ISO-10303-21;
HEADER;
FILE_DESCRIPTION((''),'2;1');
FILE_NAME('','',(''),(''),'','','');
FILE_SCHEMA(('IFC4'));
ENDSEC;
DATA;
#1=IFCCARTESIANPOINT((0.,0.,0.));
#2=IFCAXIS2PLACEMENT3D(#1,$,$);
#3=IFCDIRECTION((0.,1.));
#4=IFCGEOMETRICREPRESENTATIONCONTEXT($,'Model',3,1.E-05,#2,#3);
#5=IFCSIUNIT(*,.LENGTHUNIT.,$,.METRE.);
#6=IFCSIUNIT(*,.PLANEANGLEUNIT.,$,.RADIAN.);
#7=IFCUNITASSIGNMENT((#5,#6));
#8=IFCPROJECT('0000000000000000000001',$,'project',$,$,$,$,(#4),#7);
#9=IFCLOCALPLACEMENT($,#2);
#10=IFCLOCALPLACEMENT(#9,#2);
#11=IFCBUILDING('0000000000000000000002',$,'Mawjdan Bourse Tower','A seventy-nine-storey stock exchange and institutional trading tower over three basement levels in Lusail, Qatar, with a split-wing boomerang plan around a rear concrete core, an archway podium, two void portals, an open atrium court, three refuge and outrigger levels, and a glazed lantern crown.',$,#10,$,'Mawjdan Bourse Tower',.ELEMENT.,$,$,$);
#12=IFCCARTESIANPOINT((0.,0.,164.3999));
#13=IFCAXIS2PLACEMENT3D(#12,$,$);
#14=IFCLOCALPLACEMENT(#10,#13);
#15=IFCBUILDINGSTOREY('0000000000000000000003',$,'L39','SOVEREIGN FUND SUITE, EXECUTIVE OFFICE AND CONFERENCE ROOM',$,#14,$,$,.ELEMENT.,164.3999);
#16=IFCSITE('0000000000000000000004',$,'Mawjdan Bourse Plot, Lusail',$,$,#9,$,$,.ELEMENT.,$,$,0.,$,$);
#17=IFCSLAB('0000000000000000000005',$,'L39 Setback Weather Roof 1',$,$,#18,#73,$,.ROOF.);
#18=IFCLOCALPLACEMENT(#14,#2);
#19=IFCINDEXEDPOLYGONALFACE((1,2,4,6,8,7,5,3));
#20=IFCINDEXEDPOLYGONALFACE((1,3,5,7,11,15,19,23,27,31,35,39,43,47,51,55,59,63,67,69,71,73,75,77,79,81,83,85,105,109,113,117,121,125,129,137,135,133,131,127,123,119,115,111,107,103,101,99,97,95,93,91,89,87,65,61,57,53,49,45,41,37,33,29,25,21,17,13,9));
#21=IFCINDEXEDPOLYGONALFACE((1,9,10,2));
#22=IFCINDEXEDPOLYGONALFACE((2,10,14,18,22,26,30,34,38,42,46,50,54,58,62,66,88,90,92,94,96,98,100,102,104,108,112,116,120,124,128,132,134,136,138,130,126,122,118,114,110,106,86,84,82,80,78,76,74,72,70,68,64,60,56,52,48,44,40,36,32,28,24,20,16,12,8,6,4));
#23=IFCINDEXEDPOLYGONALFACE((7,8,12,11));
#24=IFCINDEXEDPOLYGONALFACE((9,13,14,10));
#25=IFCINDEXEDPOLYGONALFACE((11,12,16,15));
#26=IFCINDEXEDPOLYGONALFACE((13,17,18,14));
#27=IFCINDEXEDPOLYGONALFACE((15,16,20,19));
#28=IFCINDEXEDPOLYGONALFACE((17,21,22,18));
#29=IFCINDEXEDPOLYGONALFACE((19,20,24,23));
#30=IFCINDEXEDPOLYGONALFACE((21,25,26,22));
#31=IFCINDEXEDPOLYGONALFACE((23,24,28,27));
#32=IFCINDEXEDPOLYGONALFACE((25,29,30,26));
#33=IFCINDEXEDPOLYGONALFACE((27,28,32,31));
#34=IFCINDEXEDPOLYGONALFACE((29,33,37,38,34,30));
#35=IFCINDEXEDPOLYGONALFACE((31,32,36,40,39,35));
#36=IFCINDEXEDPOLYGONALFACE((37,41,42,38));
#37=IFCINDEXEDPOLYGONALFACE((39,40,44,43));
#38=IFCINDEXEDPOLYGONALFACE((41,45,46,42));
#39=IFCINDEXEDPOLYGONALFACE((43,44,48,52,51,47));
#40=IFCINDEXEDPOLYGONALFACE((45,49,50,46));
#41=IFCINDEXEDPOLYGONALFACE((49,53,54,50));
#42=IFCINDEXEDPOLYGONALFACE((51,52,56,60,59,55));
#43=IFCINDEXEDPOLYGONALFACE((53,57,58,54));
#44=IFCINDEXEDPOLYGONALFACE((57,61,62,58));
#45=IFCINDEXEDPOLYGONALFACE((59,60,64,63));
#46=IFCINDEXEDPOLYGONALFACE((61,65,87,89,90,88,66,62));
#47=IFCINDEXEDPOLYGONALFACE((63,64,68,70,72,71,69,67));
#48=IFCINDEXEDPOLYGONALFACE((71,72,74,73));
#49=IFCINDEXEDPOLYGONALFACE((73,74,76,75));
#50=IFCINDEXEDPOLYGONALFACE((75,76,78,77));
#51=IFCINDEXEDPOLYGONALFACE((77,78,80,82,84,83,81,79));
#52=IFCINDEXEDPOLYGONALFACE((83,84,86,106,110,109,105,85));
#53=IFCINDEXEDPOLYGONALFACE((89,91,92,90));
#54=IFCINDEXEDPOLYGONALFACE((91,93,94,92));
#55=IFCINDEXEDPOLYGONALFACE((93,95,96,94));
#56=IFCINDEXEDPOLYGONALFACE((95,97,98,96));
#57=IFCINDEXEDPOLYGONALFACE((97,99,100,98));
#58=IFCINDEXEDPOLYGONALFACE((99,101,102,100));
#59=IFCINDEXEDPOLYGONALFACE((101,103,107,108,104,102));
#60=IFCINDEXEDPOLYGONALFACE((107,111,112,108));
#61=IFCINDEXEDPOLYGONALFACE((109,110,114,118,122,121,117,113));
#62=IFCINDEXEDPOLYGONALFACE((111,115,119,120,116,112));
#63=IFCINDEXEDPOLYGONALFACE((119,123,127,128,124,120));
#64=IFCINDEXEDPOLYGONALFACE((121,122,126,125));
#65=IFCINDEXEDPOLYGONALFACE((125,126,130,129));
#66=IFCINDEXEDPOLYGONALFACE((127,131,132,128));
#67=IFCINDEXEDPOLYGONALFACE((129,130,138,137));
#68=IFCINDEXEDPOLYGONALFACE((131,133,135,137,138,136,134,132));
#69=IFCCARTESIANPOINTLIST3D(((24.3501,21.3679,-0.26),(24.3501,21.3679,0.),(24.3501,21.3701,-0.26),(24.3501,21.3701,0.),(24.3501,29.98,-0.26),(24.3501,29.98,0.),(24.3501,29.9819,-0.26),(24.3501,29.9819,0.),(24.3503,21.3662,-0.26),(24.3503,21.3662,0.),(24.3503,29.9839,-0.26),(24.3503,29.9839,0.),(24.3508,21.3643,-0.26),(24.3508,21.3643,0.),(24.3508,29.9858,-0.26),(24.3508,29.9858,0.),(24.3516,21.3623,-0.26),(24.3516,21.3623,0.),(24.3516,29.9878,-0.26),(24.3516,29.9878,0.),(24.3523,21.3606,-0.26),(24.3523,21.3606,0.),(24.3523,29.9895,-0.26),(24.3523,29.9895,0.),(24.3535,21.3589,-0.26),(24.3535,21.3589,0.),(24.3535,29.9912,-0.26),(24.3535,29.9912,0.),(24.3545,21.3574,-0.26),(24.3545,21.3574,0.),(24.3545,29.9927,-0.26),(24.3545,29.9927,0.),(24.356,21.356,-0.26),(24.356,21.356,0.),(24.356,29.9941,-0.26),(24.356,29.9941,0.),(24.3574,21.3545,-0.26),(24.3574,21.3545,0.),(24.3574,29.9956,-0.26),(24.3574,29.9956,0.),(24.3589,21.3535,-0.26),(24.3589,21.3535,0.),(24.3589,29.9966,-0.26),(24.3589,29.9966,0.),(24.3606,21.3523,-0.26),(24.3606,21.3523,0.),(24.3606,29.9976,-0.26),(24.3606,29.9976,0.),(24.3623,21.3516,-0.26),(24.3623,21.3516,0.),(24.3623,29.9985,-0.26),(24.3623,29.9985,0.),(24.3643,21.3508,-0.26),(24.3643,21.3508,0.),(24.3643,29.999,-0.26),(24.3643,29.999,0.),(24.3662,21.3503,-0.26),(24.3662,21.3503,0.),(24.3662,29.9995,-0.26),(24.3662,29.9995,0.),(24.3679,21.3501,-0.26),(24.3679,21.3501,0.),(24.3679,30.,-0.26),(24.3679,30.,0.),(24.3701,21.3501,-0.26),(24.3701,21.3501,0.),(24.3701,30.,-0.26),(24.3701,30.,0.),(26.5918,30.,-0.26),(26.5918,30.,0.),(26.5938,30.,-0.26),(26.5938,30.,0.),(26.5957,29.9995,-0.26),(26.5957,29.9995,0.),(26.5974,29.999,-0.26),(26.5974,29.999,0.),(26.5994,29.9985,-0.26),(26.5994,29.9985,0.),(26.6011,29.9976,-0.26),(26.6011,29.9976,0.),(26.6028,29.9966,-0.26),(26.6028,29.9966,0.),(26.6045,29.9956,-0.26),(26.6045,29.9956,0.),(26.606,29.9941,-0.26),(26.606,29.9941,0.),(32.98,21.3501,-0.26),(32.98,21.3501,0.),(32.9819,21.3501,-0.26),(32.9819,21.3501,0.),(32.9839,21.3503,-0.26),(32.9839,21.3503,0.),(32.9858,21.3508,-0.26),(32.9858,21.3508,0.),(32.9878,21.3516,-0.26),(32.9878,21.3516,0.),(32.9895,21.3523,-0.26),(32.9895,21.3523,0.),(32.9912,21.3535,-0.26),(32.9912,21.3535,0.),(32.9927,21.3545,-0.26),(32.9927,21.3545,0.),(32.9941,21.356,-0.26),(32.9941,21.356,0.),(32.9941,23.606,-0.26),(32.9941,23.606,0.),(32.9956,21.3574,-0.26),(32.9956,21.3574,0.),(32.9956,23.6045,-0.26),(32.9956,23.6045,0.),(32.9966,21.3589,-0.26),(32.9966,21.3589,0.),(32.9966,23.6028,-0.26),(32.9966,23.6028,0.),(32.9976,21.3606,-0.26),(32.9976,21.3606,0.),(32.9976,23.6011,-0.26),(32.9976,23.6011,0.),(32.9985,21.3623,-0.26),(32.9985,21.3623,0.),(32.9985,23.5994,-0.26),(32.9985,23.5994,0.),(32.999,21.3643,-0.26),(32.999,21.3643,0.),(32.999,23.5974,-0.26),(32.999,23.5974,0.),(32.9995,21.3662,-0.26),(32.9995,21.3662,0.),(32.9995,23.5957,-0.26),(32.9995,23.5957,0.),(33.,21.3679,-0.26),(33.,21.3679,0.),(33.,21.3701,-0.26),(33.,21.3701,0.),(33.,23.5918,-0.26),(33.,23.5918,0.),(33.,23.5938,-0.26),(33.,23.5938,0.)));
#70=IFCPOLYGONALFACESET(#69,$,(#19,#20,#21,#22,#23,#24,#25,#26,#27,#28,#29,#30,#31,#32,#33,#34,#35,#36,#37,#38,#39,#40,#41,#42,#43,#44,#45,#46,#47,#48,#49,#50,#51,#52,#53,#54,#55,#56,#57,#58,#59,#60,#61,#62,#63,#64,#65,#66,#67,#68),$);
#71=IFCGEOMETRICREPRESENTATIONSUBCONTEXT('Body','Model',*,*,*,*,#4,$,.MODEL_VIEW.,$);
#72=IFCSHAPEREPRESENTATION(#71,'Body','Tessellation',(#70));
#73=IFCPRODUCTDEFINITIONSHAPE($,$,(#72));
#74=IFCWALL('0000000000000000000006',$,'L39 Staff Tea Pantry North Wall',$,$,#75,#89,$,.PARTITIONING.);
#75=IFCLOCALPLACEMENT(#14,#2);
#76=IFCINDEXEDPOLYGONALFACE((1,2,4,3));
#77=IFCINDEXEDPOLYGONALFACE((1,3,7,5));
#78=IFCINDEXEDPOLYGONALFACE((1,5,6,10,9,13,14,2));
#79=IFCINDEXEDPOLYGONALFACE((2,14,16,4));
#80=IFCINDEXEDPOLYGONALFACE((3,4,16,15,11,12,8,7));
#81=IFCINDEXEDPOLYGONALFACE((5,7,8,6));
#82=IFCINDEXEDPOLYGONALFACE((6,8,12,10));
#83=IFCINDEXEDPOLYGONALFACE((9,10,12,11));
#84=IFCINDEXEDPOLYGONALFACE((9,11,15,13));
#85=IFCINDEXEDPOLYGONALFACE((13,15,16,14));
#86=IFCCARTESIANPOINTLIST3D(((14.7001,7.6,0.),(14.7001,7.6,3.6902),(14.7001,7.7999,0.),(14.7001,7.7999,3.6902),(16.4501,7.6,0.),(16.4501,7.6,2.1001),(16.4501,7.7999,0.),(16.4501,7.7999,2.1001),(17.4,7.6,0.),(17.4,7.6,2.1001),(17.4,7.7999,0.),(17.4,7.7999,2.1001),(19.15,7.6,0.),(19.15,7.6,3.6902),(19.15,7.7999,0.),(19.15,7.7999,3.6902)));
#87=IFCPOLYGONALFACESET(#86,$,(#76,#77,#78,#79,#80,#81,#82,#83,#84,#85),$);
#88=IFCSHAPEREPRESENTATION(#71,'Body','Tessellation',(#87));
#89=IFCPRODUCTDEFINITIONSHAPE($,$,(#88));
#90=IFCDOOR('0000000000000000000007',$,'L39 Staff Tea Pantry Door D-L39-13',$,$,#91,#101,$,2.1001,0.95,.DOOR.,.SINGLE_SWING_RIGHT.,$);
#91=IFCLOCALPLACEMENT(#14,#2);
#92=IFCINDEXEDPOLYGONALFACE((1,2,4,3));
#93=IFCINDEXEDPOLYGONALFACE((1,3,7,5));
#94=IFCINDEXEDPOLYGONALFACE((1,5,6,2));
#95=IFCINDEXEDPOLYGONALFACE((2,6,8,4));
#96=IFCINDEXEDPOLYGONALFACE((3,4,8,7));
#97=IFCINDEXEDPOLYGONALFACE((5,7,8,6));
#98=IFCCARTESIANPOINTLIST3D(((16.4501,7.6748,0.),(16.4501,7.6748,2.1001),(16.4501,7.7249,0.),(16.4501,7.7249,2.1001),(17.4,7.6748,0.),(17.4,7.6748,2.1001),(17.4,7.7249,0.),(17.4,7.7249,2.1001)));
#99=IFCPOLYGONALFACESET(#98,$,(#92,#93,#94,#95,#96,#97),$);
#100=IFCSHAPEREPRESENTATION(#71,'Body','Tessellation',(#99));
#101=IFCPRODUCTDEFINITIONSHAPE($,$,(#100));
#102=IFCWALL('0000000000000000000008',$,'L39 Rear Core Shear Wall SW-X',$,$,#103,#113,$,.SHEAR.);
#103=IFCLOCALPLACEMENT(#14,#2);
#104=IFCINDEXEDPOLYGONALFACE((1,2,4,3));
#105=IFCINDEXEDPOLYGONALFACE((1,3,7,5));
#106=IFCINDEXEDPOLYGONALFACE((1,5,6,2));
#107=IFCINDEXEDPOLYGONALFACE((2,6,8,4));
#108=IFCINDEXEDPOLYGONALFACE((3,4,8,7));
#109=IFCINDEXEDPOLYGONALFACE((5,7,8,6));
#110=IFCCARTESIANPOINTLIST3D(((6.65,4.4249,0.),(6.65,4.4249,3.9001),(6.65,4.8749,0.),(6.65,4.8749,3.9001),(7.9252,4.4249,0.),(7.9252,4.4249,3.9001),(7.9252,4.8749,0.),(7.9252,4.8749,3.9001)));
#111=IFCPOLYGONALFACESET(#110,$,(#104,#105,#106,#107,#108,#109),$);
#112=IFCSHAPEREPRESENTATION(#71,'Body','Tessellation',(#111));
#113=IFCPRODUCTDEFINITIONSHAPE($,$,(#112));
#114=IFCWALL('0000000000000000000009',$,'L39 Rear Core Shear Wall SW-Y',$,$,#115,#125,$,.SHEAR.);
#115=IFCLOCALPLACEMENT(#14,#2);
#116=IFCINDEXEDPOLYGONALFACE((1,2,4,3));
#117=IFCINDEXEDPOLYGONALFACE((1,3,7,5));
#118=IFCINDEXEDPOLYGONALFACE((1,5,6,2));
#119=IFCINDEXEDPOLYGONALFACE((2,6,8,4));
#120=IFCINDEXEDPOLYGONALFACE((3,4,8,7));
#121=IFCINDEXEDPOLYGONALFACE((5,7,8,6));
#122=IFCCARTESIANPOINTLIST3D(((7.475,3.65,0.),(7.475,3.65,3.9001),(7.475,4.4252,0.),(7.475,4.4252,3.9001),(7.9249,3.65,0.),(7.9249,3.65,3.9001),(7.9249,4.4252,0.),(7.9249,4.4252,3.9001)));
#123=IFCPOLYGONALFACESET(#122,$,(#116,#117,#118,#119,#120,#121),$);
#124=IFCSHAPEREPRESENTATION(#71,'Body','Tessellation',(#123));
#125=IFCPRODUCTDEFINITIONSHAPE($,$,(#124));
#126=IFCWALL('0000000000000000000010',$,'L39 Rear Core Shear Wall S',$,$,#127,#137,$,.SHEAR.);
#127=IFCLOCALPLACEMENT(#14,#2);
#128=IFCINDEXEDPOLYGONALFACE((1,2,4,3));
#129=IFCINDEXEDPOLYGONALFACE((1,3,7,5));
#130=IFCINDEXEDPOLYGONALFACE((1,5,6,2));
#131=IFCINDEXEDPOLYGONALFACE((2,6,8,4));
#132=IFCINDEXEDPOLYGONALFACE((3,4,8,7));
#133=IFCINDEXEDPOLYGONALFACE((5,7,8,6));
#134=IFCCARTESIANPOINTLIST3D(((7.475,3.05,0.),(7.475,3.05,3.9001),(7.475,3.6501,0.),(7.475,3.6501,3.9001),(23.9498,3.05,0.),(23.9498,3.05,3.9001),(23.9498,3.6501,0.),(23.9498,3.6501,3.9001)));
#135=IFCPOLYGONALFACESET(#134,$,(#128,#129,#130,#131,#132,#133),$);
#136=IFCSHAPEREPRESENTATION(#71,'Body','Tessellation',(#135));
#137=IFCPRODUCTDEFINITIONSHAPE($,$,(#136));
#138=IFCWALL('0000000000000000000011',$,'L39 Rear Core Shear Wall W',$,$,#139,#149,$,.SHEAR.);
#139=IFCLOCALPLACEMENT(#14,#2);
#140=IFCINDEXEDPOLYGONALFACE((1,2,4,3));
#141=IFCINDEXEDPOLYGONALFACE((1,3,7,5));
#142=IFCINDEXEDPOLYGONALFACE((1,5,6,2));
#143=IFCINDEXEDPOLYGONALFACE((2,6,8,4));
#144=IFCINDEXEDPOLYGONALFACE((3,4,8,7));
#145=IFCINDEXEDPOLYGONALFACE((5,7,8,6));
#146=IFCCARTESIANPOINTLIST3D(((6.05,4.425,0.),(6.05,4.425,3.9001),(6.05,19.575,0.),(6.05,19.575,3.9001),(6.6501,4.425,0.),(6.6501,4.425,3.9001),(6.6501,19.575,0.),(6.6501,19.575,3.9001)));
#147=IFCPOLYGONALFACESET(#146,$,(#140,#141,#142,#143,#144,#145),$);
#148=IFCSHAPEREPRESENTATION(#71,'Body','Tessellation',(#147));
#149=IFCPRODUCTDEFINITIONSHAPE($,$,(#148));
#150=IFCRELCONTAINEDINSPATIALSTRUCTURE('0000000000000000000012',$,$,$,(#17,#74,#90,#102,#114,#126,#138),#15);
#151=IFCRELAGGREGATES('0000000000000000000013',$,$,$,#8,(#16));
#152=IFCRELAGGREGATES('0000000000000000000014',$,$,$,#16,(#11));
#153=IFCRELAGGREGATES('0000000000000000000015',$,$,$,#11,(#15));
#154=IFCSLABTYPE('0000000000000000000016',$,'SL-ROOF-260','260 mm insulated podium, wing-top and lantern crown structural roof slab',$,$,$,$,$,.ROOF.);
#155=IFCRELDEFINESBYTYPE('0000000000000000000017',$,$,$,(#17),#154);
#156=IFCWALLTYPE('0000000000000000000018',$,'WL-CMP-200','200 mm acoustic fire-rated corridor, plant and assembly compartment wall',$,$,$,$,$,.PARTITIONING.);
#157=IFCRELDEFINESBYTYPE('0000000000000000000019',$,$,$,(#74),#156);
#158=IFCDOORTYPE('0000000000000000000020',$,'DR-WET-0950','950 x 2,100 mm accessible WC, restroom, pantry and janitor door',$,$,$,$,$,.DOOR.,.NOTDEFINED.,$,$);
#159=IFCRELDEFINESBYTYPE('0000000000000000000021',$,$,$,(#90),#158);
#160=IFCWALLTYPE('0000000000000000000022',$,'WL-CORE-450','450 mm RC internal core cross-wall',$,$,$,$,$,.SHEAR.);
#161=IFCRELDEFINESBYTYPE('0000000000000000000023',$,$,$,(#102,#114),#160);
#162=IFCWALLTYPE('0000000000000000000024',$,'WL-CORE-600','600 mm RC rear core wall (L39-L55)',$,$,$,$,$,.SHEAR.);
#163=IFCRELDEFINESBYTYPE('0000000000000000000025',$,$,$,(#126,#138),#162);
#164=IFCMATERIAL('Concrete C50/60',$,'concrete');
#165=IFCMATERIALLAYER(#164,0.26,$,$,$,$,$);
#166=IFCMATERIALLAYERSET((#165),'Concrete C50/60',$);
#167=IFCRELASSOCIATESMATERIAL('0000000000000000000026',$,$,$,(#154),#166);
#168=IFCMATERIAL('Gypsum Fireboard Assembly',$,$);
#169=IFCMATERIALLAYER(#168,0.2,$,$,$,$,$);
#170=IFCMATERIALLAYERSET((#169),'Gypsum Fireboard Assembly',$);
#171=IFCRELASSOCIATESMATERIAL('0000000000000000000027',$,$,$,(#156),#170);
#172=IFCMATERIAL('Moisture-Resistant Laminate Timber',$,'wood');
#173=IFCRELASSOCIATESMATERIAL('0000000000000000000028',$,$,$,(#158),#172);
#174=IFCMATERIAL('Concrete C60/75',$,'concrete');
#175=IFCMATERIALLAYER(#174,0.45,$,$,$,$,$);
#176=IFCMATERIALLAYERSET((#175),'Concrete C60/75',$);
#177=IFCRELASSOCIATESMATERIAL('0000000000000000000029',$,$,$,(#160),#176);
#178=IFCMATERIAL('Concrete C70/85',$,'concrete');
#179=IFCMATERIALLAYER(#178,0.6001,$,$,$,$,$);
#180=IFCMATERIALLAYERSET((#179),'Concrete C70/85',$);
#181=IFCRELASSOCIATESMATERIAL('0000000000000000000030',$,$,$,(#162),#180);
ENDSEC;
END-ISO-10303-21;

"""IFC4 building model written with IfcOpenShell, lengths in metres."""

from ifc_helpers import new_model, si_unit, direction, frame, frame_2d, origin, place, context, subcontext, project, spatial, polyline, rectangle, outline, extrude, material, layer, layer_set, type_object, element, fill, save


model = new_model("IFC4")

# Units and contexts
model_context = context("Model", 3, precision=1e-05, world=origin(), true_north=direction((0.0, 1.0)))
body_context = subcontext(model_context, "Body", "Model", "MODEL_VIEW")
ifc_project = project(units=[si_unit("LENGTHUNIT", "METRE"), si_unit("PLANEANGLEUNIT", "RADIAN")], contexts=[model_context])

# Site, building, storey
site_placement = place(None, origin())
site = spatial("IfcSite", under=ifc_project, at=site_placement, Name="Mawjdan Bourse Plot, Lusail", CompositionType="ELEMENT", RefElevation=0.0)
building_placement = place(site_placement, origin())
building = spatial("IfcBuilding", under=site, at=building_placement, Name="Mawjdan Bourse Tower", Description="A seventy-nine-storey stock exchange and institutional trading tower over three basement levels in Lusail, Qatar, with a split-wing boomerang plan around a rear concrete core, an archway podium, two void portals, an open atrium court, three refuge and outrigger levels, and a glazed lantern crown.", LongName="Mawjdan Bourse Tower", CompositionType="ELEMENT")
storey_placement = place(building_placement, frame((0.0, 0.0, 164.3999)))
storey = spatial("IfcBuildingStorey", under=building, at=storey_placement, Name="L39", Description="SOVEREIGN FUND SUITE, EXECUTIVE OFFICE AND CONFERENCE ROOM", CompositionType="ELEMENT", Elevation=164.3999)

# Shared definitions
ifc_material_1 = material(Name="Concrete C50/60", Category="concrete")

# Slab
ifc_layer_1 = layer(ifc_material_1, 0.26)
ifc_layer_set_1 = layer_set([ifc_layer_1], Name="Concrete C50/60")
slab_type_1 = type_object("IfcSlabType", Name="SL-ROOF-260", Description="260 mm insulated podium, wing-top and lantern crown structural roof slab", PredefinedType="ROOF", material=ifc_layer_set_1)
slab_1_placement = place(storey_placement, frame((0.0, 0.0, -0.26)))
element("IfcSlab", 1, at=slab_1_placement, inside=storey, type_object=slab_type_1, Name="L39 Setback Weather Roof 1", PredefinedType="ROOF", context=body_context, shape_type="SweptSolid", body=[
    extrude(outline(polyline([(24.3701, 30.0), (24.3679, 30.0), (24.3662, 29.9995), (24.3643, 29.999), (24.3623, 29.9985), (24.3606, 29.9976), (24.3589, 29.9966), (24.3574, 29.9956), (24.356, 29.9941), (24.3545, 29.9927), (24.3535, 29.9912), (24.3523, 29.9895), (24.3516, 29.9878), (24.3508, 29.9858), (24.3503, 29.9839), (24.3501, 29.9819), (24.3501, 29.98), (24.3501, 21.3701), (24.3501, 21.3679), (24.3503, 21.3662), (24.3508, 21.3643), (24.3516, 21.3623), (24.3523, 21.3606), (24.3535, 21.3589), (24.3545, 21.3574), (24.356, 21.356), (24.3574, 21.3545), (24.3589, 21.3535), (24.3606, 21.3523), (24.3623, 21.3516), (24.3643, 21.3508), (24.3662, 21.3503), (24.3679, 21.3501), (24.3701, 21.3501), (32.98, 21.3501), (32.9819, 21.3501), (32.9839, 21.3503), (32.9858, 21.3508), (32.9878, 21.3516), (32.9895, 21.3523), (32.9912, 21.3535), (32.9927, 21.3545), (32.9941, 21.356), (32.9956, 21.3574), (32.9966, 21.3589), (32.9976, 21.3606), (32.9985, 21.3623), (32.999, 21.3643), (32.9995, 21.3662), (33.0, 21.3679), (33.0, 21.3701), (33.0, 23.5918), (33.0, 23.5938), (32.9995, 23.5957), (32.999, 23.5974), (32.9985, 23.5994), (32.9976, 23.6011), (32.9966, 23.6028), (32.9956, 23.6045), (32.9941, 23.606), (26.606, 29.9941), (26.6045, 29.9956), (26.6028, 29.9966), (26.6011, 29.9976), (26.5994, 29.9985), (26.5974, 29.999), (26.5957, 29.9995), (26.5938, 30.0), (26.5918, 30.0), (24.3701, 30.0)])), origin(), (0.0, 0.0, 1.0), 0.26),
])

# Wall, opening, door
ifc_material_2 = material(Name="Gypsum Fireboard Assembly")
ifc_layer_2 = layer(ifc_material_2, 0.2)
ifc_layer_set_2 = layer_set([ifc_layer_2], Name="Gypsum Fireboard Assembly")
wall_type_1 = type_object("IfcWallType", Name="WL-CMP-200", Description="200 mm acoustic fire-rated corridor, plant and assembly compartment wall", PredefinedType="PARTITIONING", material=ifc_layer_set_2)
wall_1_placement = place(storey_placement, frame((14.7, 7.7, 0.0), z_axis=(0.0, 0.0, 1.0), x_axis=(1.0, 0.0, 0.0)))
wall_1 = element("IfcWall", 2, at=wall_1_placement, inside=storey, type_object=wall_type_1, Name="L39 Staff Tea Pantry North Wall", PredefinedType="PARTITIONING", context=body_context, shape_type="SweptSolid", body=[
    extrude(rectangle(XDim=4.45, YDim=0.2, at=frame_2d((2.2251, 0.0))), origin(), (0.0, 0.0, 1.0), 3.6902),
])
opening_1_placement = place(wall_1_placement, frame((1.75, 0.0, 0.0)))
opening_1 = element("IfcOpeningElement", 3, at=opening_1_placement, cuts=wall_1, PredefinedType="OPENING", context=body_context, shape_type="SweptSolid", body=[
    extrude(rectangle(XDim=0.95, YDim=2.1001, at=frame_2d((0.4751, 1.05))), frame((0.0, 0.1099, 0.0), z_axis=(0.0, -1.0, 0.0), x_axis=(1.0, 0.0, 0.0)), (0.0, 0.0, 1.0), 0.22),
])
ifc_material_3 = material(Name="Moisture-Resistant Laminate Timber", Category="wood")
door_type_1 = type_object("IfcDoorType", Name="DR-WET-0950", Description="950 x 2,100 mm accessible WC, restroom, pantry and janitor door", OperationType="NOTDEFINED", PredefinedType="DOOR", material=ifc_material_3)
door_1_placement = place(opening_1_placement, origin())
door_1 = element("IfcDoor", 4, at=door_1_placement, inside=storey, type_object=door_type_1, Name="L39 Staff Tea Pantry Door D-L39-13", OperationType="SINGLE_SWING_RIGHT", OverallHeight=2.1001, OverallWidth=0.95, PredefinedType="DOOR", context=body_context, shape_type="SweptSolid", body=[
    extrude(rectangle(XDim=0.95, YDim=2.1001, at=frame_2d((0.4751, 1.05))), frame((0.0, 0.0249, 0.0), z_axis=(0.0, -1.0, 0.0), x_axis=(1.0, 0.0, 0.0)), (0.0, 0.0, 1.0), 0.05),
])
fill(opening_1, door_1)

# Walls
ifc_material_4 = material(Name="Concrete C60/75", Category="concrete")
ifc_layer_3 = layer(ifc_material_4, 0.45)
ifc_layer_set_3 = layer_set([ifc_layer_3], Name="Concrete C60/75")
wall_type_2 = type_object("IfcWallType", Name="WL-CORE-450", Description="450 mm RC internal core cross-wall", PredefinedType="SHEAR", material=ifc_layer_set_3)
wall_2_placement = place(storey_placement, frame((6.6499, 4.6499, 0.0), z_axis=(0.0, 0.0, 1.0), x_axis=(1.0, 0.0, 0.0)))
element("IfcWall", 5, at=wall_2_placement, inside=storey, type_object=wall_type_2, Name="L39 Rear Core Shear Wall SW-X", PredefinedType="SHEAR", context=body_context, shape_type="SweptSolid", body=[
    extrude(rectangle(XDim=1.2751, YDim=0.45, at=frame_2d((0.6377, 0.0))), origin(), (0.0, 0.0, 1.0), 3.9001),
])
wall_3_placement = place(storey_placement, frame((7.7, 3.6499, 0.0), z_axis=(0.0, 0.0, 1.0), x_axis=(0.0, 1.0, 0.0)))
element("IfcWall", 6, at=wall_3_placement, inside=storey, type_object=wall_type_2, Name="L39 Rear Core Shear Wall SW-Y", PredefinedType="SHEAR", context=body_context, shape_type="SweptSolid", body=[
    extrude(rectangle(XDim=0.7751, YDim=0.45, at=frame_2d((0.3877, 0.0))), origin(), (0.0, 0.0, 1.0), 3.9001),
])
ifc_material_5 = material(Name="Concrete C70/85", Category="concrete")
ifc_layer_4 = layer(ifc_material_5, 0.6001)
ifc_layer_set_4 = layer_set([ifc_layer_4], Name="Concrete C70/85")
wall_type_3 = type_object("IfcWallType", Name="WL-CORE-600", Description="600 mm RC rear core wall (L39-L55)", PredefinedType="SHEAR", material=ifc_layer_set_4)
wall_4_placement = place(storey_placement, frame((7.4751, 3.3501, 0.0), z_axis=(0.0, 0.0, 1.0), x_axis=(1.0, 0.0, 0.0)))
element("IfcWall", 7, at=wall_4_placement, inside=storey, type_object=wall_type_3, Name="L39 Rear Core Shear Wall S", PredefinedType="SHEAR", context=body_context, shape_type="SweptSolid", body=[
    extrude(rectangle(XDim=16.4749, YDim=0.6001, at=frame_2d((8.2373, 0.0))), origin(), (0.0, 0.0, 1.0), 3.9001),
])
wall_5_placement = place(storey_placement, frame((6.3501, 4.425, 0.0), z_axis=(0.0, 0.0, 1.0), x_axis=(0.0, 1.0, 0.0)))
element("IfcWall", 8, at=wall_5_placement, inside=storey, type_object=wall_type_3, Name="L39 Rear Core Shear Wall W", PredefinedType="SHEAR", context=body_context, shape_type="SweptSolid", body=[
    extrude(rectangle(XDim=15.1499, YDim=0.6001, at=frame_2d((7.575, 0.0))), origin(), (0.0, 0.0, 1.0), 3.9001),
])

save(model, "model.ifc")
